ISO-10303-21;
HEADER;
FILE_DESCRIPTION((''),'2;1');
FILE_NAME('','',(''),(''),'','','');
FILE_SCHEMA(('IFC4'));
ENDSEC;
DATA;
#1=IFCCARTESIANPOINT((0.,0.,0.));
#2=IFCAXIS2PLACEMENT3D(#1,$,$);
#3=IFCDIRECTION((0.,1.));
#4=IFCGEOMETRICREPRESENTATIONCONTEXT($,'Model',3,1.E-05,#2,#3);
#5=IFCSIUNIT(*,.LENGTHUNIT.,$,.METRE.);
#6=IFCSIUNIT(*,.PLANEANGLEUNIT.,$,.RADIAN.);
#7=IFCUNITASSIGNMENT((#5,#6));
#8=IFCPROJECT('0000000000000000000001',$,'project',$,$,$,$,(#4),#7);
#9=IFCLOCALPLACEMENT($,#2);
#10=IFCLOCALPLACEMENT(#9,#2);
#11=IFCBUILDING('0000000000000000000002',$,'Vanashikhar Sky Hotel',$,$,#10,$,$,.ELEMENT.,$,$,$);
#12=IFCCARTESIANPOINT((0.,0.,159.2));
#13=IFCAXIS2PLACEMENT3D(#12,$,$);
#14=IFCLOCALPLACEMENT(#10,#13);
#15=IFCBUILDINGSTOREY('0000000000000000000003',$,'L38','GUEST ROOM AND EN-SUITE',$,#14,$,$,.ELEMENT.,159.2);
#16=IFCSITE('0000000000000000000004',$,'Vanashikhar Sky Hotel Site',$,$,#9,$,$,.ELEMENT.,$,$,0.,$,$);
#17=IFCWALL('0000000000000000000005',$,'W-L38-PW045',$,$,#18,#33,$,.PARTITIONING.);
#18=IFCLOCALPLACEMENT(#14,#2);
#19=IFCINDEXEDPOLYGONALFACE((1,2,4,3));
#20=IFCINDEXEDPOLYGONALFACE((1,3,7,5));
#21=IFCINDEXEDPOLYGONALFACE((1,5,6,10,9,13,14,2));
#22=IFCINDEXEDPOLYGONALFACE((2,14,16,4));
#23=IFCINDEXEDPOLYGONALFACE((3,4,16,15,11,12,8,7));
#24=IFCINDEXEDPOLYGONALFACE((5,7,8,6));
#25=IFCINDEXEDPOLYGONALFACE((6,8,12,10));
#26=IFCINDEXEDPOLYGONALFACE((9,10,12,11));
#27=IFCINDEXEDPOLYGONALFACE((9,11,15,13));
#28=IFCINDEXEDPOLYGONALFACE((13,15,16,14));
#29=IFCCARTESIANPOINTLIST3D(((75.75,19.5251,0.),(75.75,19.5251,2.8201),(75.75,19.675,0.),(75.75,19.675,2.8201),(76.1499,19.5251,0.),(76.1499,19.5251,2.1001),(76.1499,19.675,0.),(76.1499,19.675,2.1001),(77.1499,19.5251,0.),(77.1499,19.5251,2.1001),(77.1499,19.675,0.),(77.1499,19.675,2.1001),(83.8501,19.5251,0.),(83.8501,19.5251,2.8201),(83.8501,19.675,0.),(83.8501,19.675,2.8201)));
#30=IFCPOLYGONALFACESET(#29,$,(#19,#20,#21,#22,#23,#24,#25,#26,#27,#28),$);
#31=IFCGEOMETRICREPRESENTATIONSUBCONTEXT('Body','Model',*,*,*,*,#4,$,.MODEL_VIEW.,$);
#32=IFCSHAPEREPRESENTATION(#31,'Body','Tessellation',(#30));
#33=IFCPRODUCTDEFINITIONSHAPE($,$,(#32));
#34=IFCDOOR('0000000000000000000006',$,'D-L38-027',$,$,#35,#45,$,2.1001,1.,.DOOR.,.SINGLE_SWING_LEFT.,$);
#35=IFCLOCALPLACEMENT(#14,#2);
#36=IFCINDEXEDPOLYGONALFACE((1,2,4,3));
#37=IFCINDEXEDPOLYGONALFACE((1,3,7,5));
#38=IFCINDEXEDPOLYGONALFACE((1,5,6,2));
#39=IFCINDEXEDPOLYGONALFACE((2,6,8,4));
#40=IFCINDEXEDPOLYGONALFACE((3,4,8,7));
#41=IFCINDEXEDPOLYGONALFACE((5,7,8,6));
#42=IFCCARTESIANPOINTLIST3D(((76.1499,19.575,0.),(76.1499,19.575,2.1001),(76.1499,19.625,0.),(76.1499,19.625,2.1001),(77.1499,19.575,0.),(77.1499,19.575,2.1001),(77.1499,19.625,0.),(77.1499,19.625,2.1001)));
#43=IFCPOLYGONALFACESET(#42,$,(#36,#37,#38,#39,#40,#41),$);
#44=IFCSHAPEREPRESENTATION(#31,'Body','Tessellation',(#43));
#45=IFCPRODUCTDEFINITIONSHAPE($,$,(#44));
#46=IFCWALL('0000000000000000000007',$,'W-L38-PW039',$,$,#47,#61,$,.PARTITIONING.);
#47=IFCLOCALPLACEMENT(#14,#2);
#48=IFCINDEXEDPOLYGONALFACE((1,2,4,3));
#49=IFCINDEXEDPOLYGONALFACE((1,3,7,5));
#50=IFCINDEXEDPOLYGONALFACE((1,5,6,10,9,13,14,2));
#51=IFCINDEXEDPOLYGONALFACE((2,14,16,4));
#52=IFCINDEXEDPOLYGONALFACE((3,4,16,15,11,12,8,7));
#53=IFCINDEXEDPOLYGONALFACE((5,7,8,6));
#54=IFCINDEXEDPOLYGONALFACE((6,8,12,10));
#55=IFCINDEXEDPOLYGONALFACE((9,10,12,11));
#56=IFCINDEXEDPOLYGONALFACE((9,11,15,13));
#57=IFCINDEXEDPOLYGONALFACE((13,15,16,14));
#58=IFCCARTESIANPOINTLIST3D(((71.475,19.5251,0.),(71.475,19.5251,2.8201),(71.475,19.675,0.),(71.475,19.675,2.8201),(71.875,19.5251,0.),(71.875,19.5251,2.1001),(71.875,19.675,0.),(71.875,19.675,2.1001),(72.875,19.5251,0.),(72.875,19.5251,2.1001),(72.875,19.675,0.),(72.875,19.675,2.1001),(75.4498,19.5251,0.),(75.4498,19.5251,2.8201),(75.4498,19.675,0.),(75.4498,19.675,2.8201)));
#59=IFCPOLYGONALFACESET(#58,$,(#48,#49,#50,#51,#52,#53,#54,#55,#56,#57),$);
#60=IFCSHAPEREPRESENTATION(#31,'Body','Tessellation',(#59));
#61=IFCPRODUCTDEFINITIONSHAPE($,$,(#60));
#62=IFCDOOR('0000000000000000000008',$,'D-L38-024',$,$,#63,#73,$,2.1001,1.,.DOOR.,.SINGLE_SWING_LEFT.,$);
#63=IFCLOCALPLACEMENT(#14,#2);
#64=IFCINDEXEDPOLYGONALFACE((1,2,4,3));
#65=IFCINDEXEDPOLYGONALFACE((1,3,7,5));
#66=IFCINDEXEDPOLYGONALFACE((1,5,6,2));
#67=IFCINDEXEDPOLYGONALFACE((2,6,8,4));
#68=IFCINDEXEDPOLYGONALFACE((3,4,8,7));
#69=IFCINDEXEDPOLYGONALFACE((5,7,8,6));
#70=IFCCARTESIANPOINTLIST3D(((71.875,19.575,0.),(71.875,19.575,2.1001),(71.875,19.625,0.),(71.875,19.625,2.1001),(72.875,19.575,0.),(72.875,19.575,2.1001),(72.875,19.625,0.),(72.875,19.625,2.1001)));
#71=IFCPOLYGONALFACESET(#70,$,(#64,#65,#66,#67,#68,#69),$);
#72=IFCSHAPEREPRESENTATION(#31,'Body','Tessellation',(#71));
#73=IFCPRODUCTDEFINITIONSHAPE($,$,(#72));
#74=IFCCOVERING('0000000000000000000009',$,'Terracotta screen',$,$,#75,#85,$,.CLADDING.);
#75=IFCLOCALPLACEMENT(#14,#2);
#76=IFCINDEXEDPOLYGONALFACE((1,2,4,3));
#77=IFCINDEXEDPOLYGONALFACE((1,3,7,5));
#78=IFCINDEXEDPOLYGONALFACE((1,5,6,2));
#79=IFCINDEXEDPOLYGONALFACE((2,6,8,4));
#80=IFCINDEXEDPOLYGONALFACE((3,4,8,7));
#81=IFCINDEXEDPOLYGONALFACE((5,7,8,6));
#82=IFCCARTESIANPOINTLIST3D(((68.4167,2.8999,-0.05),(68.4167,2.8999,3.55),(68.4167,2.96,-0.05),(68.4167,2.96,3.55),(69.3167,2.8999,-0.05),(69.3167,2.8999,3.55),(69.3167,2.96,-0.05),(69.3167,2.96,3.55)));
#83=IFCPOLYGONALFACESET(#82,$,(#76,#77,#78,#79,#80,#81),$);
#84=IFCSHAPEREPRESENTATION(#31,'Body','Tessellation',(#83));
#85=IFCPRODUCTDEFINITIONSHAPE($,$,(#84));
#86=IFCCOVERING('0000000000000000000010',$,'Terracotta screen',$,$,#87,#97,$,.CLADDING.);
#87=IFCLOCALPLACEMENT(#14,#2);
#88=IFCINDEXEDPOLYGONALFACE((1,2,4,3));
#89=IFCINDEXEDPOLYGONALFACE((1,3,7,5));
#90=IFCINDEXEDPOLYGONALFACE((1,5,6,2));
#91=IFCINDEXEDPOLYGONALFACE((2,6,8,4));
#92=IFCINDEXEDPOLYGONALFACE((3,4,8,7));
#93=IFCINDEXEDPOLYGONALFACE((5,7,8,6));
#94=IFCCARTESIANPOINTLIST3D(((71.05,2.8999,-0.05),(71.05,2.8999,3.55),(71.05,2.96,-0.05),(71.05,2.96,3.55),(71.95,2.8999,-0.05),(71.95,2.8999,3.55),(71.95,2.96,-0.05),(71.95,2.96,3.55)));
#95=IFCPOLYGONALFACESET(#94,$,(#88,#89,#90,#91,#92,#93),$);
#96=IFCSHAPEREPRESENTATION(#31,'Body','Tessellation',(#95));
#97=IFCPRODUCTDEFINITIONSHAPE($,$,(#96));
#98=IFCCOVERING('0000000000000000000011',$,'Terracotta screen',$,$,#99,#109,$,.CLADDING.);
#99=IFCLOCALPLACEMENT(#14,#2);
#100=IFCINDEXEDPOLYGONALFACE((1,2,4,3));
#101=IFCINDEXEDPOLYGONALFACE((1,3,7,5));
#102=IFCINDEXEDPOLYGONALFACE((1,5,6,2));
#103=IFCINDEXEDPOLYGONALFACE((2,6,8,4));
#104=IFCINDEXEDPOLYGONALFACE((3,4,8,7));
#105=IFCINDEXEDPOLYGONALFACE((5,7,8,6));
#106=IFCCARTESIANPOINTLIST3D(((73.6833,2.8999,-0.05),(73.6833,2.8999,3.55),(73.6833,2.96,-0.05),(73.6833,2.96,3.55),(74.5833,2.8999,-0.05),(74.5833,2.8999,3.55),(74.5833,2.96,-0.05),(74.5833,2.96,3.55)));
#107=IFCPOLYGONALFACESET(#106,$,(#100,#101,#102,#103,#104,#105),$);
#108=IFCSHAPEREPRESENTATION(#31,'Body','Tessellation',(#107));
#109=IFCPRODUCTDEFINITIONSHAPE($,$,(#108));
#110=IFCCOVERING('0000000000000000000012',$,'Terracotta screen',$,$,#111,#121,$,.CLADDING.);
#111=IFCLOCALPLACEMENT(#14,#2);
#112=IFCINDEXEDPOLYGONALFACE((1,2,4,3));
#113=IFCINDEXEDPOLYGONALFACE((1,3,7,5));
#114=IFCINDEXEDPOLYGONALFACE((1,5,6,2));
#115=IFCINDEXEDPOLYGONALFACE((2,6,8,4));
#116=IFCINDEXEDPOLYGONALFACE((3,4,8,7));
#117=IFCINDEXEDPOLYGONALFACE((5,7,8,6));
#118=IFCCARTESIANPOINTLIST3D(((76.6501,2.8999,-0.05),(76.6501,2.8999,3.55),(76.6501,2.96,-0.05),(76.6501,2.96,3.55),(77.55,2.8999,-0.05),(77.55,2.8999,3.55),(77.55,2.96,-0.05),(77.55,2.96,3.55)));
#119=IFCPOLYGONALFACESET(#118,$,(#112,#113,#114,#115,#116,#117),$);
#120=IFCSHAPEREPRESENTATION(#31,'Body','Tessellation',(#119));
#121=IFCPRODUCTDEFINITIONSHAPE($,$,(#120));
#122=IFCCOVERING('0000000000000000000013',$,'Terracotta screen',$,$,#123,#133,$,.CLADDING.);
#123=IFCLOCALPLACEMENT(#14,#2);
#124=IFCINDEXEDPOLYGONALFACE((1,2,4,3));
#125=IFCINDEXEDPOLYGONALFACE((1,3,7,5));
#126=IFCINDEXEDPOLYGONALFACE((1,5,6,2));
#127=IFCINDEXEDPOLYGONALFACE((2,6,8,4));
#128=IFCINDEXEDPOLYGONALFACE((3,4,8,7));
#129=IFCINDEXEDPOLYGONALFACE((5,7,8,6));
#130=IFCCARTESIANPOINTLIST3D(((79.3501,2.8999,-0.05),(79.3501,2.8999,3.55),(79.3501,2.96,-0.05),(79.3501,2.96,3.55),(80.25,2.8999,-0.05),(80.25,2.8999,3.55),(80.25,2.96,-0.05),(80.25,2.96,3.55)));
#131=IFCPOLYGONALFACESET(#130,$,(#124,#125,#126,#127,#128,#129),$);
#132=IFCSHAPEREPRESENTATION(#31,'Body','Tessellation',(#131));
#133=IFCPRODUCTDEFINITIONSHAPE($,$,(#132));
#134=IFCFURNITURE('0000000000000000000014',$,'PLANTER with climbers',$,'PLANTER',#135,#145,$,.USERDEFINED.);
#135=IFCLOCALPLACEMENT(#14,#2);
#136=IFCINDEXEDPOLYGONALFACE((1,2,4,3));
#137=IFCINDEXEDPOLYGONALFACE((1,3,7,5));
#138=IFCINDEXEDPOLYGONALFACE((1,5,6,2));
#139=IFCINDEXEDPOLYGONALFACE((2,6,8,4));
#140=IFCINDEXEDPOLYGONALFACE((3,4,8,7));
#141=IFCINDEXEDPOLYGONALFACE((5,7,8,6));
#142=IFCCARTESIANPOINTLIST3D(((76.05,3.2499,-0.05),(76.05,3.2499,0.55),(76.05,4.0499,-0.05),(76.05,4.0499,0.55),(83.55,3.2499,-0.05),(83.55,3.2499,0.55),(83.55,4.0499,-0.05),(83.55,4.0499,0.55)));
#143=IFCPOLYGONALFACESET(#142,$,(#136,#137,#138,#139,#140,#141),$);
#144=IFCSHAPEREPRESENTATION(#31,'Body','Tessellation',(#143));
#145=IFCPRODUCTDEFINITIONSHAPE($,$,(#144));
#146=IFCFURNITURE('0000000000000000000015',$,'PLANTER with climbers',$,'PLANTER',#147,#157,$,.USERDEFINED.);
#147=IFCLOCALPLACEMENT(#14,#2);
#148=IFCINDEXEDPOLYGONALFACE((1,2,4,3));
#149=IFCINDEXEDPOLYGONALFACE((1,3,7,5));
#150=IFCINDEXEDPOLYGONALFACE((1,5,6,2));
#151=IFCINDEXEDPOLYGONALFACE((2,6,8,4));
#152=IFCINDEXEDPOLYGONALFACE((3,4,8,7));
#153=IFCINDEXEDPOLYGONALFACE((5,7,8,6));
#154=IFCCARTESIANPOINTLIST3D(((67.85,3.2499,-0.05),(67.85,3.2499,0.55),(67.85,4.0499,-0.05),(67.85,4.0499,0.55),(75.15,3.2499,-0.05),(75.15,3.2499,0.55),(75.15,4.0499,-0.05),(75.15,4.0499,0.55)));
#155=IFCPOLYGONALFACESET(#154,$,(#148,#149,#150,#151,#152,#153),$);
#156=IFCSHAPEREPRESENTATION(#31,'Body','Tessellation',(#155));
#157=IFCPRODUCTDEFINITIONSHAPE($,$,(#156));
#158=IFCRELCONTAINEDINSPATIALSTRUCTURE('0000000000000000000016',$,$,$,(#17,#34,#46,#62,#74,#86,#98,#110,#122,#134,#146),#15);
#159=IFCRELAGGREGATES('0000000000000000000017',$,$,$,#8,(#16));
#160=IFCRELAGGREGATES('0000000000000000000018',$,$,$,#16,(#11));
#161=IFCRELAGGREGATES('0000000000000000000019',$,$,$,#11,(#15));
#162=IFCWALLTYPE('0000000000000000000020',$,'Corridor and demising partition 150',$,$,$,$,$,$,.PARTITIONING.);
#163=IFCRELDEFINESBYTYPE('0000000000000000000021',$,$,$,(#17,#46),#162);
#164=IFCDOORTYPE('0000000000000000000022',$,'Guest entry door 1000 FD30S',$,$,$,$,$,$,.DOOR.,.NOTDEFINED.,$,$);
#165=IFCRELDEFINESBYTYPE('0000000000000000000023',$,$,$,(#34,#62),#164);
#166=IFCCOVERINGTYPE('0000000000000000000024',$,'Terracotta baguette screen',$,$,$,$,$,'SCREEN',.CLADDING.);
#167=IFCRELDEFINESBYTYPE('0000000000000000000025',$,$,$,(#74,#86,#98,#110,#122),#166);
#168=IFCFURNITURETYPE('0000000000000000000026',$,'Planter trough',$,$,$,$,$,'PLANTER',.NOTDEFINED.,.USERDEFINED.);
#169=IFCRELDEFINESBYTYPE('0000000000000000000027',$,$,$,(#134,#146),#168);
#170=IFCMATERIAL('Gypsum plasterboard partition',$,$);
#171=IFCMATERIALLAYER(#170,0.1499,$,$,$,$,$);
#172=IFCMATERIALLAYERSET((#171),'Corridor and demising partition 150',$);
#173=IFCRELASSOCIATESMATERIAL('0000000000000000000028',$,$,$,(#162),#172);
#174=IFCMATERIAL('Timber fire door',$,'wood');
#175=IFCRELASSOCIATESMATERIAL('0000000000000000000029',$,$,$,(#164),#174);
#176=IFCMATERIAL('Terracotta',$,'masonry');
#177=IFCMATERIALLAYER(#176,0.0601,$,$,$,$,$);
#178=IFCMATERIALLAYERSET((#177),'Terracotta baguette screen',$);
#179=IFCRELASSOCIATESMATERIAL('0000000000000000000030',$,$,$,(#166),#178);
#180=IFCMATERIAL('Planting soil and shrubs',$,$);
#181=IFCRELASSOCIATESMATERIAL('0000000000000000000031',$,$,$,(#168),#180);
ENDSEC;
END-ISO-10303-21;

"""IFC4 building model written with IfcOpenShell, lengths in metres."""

from ifc_helpers import new_model, si_unit, direction, frame, frame_2d, origin, origin_2d, place, context, subcontext, project, spatial, rectangle, extrude, source, transform, mapped, material, layer, layer_set, type_object, element, fill, save


model = new_model("IFC4")

# Units and contexts
model_context = context("Model", 3, precision=1e-05, world=origin(), true_north=direction((0.0, 1.0)))
body_context = subcontext(model_context, "Body", "Model", "MODEL_VIEW")
ifc_project = project(units=[si_unit("LENGTHUNIT", "METRE"), si_unit("PLANEANGLEUNIT", "RADIAN")], contexts=[model_context])

# Site, building, storey
site_placement = place(None, origin())
site = spatial("IfcSite", under=ifc_project, at=site_placement, Name="Vanashikhar Sky Hotel Site", CompositionType="ELEMENT", RefElevation=0.0)
building_placement = place(site_placement, origin())
building = spatial("IfcBuilding", under=site, at=building_placement, Name="Vanashikhar Sky Hotel", CompositionType="ELEMENT")
storey_placement = place(building_placement, frame((0.0, 0.0, 159.2)))
storey = spatial("IfcBuildingStorey", under=building, at=storey_placement, Name="L38", Description="GUEST ROOM AND EN-SUITE", CompositionType="ELEMENT", Elevation=159.2)

# Shared definitions
ifc_material_1 = material(Name="Gypsum plasterboard partition")

# Shared definitions
ifc_layer_1 = layer(ifc_material_1, 0.1499)
ifc_layer_set_1 = layer_set([ifc_layer_1], Name="Corridor and demising partition 150")
wall_type_1 = type_object("IfcWallType", Name="Corridor and demising partition 150", PredefinedType="PARTITIONING", material=ifc_layer_set_1)

# Walls, openings, doors
shared_shape_1 = source(origin(), body_context, "Body", "SweptSolid", [
    extrude(rectangle(XDim=8.1001, YDim=0.1499, at=frame_2d((4.05, 0.0))), origin(), (0.0, 0.0, 1.0), 2.8201),
])
wall_1_placement = place(storey_placement, frame((75.75, 19.6001, 0.0), z_axis=(0.0, 0.0, 1.0), x_axis=(1.0, 0.0, 0.0)))
wall_1 = element("IfcWall", 1, at=wall_1_placement, inside=storey, type_object=wall_type_1, Name="W-L38-PW045", PredefinedType="PARTITIONING", context=body_context, shape_type="MappedRepresentation", body=[
    mapped(shared_shape_1, transform((0.0, 0.0, 0.0), scale=1.0)),
])
shared_shape_2 = source(origin(), body_context, "Body", "SweptSolid", [
    extrude(rectangle(XDim=1.0, YDim=2.1001, at=frame_2d((0.5, 1.05))), frame((0.0, 0.085, 0.0), z_axis=(0.0, -1.0, 0.0), x_axis=(1.0, 0.0, 0.0)), (0.0, 0.0, 1.0), 0.1699),
])
opening_1_placement = place(wall_1_placement, frame((0.3999, 0.0, 0.0)))
opening_1 = element("IfcOpeningElement", 2, at=opening_1_placement, cuts=wall_1, PredefinedType="OPENING", context=body_context, shape_type="MappedRepresentation", body=[
    mapped(shared_shape_2, transform((0.0, 0.0, 0.0), scale=1.0)),
])
ifc_material_2 = material(Name="Timber fire door", Category="wood")
door_type_1 = type_object("IfcDoorType", Name="Guest entry door 1000 FD30S", OperationType="NOTDEFINED", PredefinedType="DOOR", material=ifc_material_2)
shared_shape_3 = source(origin(), body_context, "Body", "SweptSolid", [
    extrude(rectangle(XDim=1.0, YDim=2.1001, at=frame_2d((0.5, 1.05))), frame((0.0, 0.0249, 0.0), z_axis=(0.0, -1.0, 0.0), x_axis=(1.0, 0.0, 0.0)), (0.0, 0.0, 1.0), 0.05),
])
door_1_placement = place(opening_1_placement, origin())
door_1 = element("IfcDoor", 3, at=door_1_placement, inside=storey, type_object=door_type_1, Name="D-L38-027", OperationType="SINGLE_SWING_LEFT", OverallHeight=2.1001, OverallWidth=1.0, PredefinedType="DOOR", context=body_context, shape_type="MappedRepresentation", body=[
    mapped(shared_shape_3, transform((0.0, 0.0, 0.0), scale=1.0)),
])
fill(opening_1, door_1)
shared_shape_4 = source(origin(), body_context, "Body", "SweptSolid", [
    extrude(rectangle(XDim=3.9749, YDim=0.1499, at=frame_2d((1.9873, 0.0))), origin(), (0.0, 0.0, 1.0), 2.8201),
])
wall_2_placement = place(storey_placement, frame((71.4751, 19.6001, 0.0), z_axis=(0.0, 0.0, 1.0), x_axis=(1.0, 0.0, 0.0)))
wall_2 = element("IfcWall", 4, at=wall_2_placement, inside=storey, type_object=wall_type_1, Name="W-L38-PW039", PredefinedType="PARTITIONING", context=body_context, shape_type="MappedRepresentation", body=[
    mapped(shared_shape_4, transform((0.0, 0.0, 0.0), scale=1.0)),
])
opening_2_placement = place(wall_2_placement, frame((0.3999, 0.0, 0.0)))
opening_2 = element("IfcOpeningElement", 5, at=opening_2_placement, cuts=wall_2, PredefinedType="OPENING", context=body_context, shape_type="MappedRepresentation", body=[
    mapped(shared_shape_2, transform((0.0, 0.0, 0.0), scale=1.0)),
])
door_2_placement = place(opening_2_placement, origin())
door_2 = element("IfcDoor", 6, at=door_2_placement, inside=storey, type_object=door_type_1, Name="D-L38-024", OperationType="SINGLE_SWING_LEFT", OverallHeight=2.1001, OverallWidth=1.0, PredefinedType="DOOR", context=body_context, shape_type="MappedRepresentation", body=[
    mapped(shared_shape_3, transform((0.0, 0.0, 0.0), scale=1.0)),
])
fill(opening_2, door_2)

# Coverings
ifc_material_3 = material(Name="Terracotta", Category="masonry")
ifc_layer_2 = layer(ifc_material_3, 0.0601)
ifc_layer_set_2 = layer_set([ifc_layer_2], Name="Terracotta baguette screen")
covering_type = type_object("IfcCoveringType", Name="Terracotta baguette screen", ElementType="SCREEN", PredefinedType="CLADDING", material=ifc_layer_set_2)
shared_shape_5 = source(origin(), body_context, "Body", "SweptSolid", [
    extrude(rectangle(XDim=0.8999, YDim=0.0601, at=origin_2d()), origin(), (0.0, 0.0, 1.0), 3.6001),
])
for number, where, z_axis, x_axis, name in (
    (7, (68.8667, 2.9299, -0.05), (0.0, 0.0, 1.0), (1.0, 0.0, 0.0), "Terracotta screen"),
    (8, (71.5, 2.9299, -0.05), (0.0, 0.0, 1.0), (1.0, 0.0, 0.0), "Terracotta screen"),
    (9, (74.1333, 2.9299, -0.05), (0.0, 0.0, 1.0), (1.0, 0.0, 0.0), "Terracotta screen"),
    (10, (77.1001, 2.9299, -0.05), (0.0, 0.0, 1.0), (1.0, 0.0, 0.0), "Terracotta screen"),
    (11, (79.8, 2.9299, -0.05), (0.0, 0.0, 1.0), (1.0, 0.0, 0.0), "Terracotta screen"),
):
    element("IfcCovering", number, at=place(storey_placement, frame(where, z_axis=z_axis, x_axis=x_axis)), inside=storey, type_object=covering_type, Name=name, PredefinedType="CLADDING", context=body_context, shape_type="MappedRepresentation", body=[
        mapped(shared_shape_5, transform((0.0, 0.0, 0.0), scale=1.0)),
    ])

# Furniture
ifc_material_4 = material(Name="Planting soil and shrubs")
furniture_type = type_object("IfcFurnitureType", Name="Planter trough", ElementType="PLANTER", AssemblyPlace="NOTDEFINED", PredefinedType="USERDEFINED", material=ifc_material_4)
shared_shape_6 = source(origin(), body_context, "Body", "SweptSolid", [
    extrude(rectangle(XDim=7.5, YDim=0.8, at=origin_2d()), origin(), (0.0, 0.0, 1.0), 0.6001),
])
furniture_1_placement = place(storey_placement, frame((79.8, 3.6499, -0.05), z_axis=(0.0, 0.0, 1.0), x_axis=(1.0, 0.0, 0.0)))
element("IfcFurniture", 12, at=furniture_1_placement, inside=storey, type_object=furniture_type, Name="PLANTER with climbers", ObjectType="PLANTER", PredefinedType="USERDEFINED", context=body_context, shape_type="MappedRepresentation", body=[
    mapped(shared_shape_6, transform((0.0, 0.0, 0.0), scale=1.0)),
])
shared_shape_7 = source(origin(), body_context, "Body", "SweptSolid", [
    extrude(rectangle(XDim=7.3, YDim=0.8, at=origin_2d()), origin(), (0.0, 0.0, 1.0), 0.6001),
])
furniture_2_placement = place(storey_placement, frame((71.5, 3.6499, -0.05), z_axis=(0.0, 0.0, 1.0), x_axis=(1.0, 0.0, 0.0)))
element("IfcFurniture", 13, at=furniture_2_placement, inside=storey, type_object=furniture_type, Name="PLANTER with climbers", ObjectType="PLANTER", PredefinedType="USERDEFINED", context=body_context, shape_type="MappedRepresentation", body=[
    mapped(shared_shape_7, transform((0.0, 0.0, 0.0), scale=1.0)),
])

save(model, "model.ifc")
